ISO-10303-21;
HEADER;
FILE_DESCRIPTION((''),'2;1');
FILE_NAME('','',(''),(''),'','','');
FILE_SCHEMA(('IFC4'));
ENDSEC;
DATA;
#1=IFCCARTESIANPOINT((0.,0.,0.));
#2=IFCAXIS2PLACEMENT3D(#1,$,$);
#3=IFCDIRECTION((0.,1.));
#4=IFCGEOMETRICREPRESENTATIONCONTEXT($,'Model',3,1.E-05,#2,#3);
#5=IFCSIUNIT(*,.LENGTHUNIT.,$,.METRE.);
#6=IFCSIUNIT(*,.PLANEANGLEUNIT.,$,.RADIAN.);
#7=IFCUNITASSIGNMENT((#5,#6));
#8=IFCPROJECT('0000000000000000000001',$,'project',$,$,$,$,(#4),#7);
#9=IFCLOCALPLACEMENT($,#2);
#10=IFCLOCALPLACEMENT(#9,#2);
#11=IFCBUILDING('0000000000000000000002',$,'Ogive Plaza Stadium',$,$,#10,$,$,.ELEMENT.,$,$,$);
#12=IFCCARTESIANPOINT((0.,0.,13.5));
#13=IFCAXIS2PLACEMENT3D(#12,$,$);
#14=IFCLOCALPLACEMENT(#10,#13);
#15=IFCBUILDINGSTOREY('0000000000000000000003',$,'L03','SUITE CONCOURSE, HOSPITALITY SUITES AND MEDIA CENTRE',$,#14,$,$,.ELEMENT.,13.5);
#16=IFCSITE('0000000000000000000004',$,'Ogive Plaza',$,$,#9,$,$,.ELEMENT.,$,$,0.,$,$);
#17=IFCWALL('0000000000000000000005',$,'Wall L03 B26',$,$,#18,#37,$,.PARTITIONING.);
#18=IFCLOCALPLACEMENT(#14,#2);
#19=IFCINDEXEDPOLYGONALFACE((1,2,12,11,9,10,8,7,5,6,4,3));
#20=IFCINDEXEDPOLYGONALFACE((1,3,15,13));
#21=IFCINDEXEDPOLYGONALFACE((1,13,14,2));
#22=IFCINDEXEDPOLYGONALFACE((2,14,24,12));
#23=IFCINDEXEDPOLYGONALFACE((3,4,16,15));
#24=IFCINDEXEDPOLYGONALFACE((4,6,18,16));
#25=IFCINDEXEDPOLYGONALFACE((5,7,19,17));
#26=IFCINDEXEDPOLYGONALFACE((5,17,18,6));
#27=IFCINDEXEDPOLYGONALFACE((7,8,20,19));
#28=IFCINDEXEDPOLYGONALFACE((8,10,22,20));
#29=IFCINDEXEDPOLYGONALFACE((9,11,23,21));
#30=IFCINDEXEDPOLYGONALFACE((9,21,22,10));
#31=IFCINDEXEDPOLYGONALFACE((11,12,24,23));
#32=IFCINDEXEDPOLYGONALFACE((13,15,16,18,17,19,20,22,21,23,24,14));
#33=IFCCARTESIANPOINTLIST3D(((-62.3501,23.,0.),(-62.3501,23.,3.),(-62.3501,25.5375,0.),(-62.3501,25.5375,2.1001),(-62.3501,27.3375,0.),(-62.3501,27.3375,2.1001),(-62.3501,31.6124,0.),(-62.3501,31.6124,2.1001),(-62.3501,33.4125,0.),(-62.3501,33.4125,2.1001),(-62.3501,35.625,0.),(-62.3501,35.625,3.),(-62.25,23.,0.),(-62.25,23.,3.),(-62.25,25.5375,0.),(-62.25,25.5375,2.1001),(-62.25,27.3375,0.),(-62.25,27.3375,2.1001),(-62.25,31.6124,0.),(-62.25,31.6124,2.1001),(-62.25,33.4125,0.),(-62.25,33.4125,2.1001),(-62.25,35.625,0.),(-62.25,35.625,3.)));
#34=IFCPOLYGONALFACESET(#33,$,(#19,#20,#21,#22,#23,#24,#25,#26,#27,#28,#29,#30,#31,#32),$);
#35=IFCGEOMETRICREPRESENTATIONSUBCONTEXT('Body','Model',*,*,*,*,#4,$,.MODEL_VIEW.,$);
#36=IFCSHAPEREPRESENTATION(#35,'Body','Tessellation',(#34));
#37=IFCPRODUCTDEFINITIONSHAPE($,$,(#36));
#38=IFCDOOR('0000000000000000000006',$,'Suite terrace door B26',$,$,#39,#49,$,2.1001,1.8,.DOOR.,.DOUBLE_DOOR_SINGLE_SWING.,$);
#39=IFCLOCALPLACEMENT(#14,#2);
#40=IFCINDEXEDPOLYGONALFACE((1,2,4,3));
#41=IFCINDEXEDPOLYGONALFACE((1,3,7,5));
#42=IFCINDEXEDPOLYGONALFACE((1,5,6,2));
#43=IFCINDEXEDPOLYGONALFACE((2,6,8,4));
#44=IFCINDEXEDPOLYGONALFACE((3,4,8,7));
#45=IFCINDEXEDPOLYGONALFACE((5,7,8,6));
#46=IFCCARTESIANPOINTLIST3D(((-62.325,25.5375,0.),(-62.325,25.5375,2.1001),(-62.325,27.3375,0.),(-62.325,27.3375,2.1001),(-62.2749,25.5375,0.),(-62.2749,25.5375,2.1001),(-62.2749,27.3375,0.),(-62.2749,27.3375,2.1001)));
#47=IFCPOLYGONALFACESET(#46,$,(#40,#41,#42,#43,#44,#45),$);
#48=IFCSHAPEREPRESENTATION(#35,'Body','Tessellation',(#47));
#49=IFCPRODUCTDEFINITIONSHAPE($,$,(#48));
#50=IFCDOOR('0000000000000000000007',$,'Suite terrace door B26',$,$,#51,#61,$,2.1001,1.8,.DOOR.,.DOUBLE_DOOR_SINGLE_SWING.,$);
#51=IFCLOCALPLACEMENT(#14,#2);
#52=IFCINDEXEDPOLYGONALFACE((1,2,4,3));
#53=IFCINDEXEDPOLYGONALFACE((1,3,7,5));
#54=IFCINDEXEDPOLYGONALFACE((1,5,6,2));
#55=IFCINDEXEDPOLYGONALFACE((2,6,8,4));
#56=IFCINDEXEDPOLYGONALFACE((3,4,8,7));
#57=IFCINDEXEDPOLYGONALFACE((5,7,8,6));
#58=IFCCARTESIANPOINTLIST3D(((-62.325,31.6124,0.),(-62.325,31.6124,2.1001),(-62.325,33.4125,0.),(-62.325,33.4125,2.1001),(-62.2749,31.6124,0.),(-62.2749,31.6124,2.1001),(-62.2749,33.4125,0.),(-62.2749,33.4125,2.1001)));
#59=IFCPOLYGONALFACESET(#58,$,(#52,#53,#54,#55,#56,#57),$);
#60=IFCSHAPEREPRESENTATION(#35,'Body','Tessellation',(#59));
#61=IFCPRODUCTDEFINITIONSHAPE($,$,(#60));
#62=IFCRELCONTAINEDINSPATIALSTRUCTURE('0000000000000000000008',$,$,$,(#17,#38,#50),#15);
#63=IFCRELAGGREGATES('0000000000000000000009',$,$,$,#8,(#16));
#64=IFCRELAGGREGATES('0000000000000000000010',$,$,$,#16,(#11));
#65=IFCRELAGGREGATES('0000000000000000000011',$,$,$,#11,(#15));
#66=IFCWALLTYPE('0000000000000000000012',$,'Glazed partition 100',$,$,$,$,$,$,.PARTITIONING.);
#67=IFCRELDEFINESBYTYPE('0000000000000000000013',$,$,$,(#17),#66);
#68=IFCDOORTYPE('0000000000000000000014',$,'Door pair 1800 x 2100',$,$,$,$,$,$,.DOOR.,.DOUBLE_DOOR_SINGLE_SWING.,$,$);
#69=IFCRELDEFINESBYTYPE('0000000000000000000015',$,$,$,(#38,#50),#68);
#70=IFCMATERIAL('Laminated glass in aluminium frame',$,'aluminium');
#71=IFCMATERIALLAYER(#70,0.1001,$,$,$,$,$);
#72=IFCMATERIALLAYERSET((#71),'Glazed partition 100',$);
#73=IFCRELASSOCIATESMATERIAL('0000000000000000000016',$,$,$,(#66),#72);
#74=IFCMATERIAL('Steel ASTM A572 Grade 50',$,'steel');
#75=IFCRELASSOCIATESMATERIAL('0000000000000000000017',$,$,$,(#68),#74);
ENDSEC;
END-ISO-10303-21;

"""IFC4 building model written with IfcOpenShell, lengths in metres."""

from ifc_helpers import new_model, si_unit, direction, frame, frame_2d, origin, place, context, subcontext, project, spatial, rectangle, extrude, material, layer, layer_set, type_object, element, fill, save


model = new_model("IFC4")

# Units and contexts
model_context = context("Model", 3, precision=1e-05, world=origin(), true_north=direction((0.0, 1.0)))
body_context = subcontext(model_context, "Body", "Model", "MODEL_VIEW")
ifc_project = project(units=[si_unit("LENGTHUNIT", "METRE"), si_unit("PLANEANGLEUNIT", "RADIAN")], contexts=[model_context])

# Site, building, storey
site_placement = place(None, origin())
site = spatial("IfcSite", under=ifc_project, at=site_placement, Name="Ogive Plaza", CompositionType="ELEMENT", RefElevation=0.0)
building_placement = place(site_placement, origin())
building = spatial("IfcBuilding", under=site, at=building_placement, Name="Ogive Plaza Stadium", CompositionType="ELEMENT")
storey_placement = place(building_placement, frame((0.0, 0.0, 13.5)))
storey = spatial("IfcBuildingStorey", under=building, at=storey_placement, Name="L03", Description="SUITE CONCOURSE, HOSPITALITY SUITES AND MEDIA CENTRE", CompositionType="ELEMENT", Elevation=13.5)

# Wall, openings, doors
ifc_material_1 = material(Name="Laminated glass in aluminium frame", Category="aluminium")
ifc_layer_1 = layer(ifc_material_1, 0.1001)
ifc_layer_set_1 = layer_set([ifc_layer_1], Name="Glazed partition 100")
wall_type = type_object("IfcWallType", Name="Glazed partition 100", PredefinedType="PARTITIONING", material=ifc_layer_set_1)
wall_placement = place(storey_placement, frame((-62.3, 23.0, 0.0), z_axis=(0.0, 0.0, 1.0), x_axis=(0.0, 1.0, 0.0)))
wall = element("IfcWall", 1, at=wall_placement, inside=storey, type_object=wall_type, Name="Wall L03 B26", PredefinedType="PARTITIONING", context=body_context, shape_type="SweptSolid", body=[
    extrude(rectangle(XDim=12.625, YDim=0.1001, at=frame_2d((6.3125, 0.0))), origin(), (0.0, 0.0, 1.0), 3.0),
])
opening_1_placement = place(wall_placement, frame((2.5376, 0.0, 0.0)))
opening_1 = element("IfcOpeningElement", 2, at=opening_1_placement, cuts=wall, PredefinedType="OPENING", context=body_context, shape_type="SweptSolid", body=[
    extrude(rectangle(XDim=1.8, YDim=2.1001, at=frame_2d((0.8999, 1.05))), frame((0.0, 0.05, 0.0), z_axis=(0.0, -1.0, 0.0), x_axis=(1.0, 0.0, 0.0)), (0.0, 0.0, 1.0), 0.1001),
])
opening_2_placement = place(wall_placement, frame((8.6125, 0.0, 0.0)))
opening_2 = element("IfcOpeningElement", 3, at=opening_2_placement, cuts=wall, PredefinedType="OPENING", context=body_context, shape_type="SweptSolid", body=[
    extrude(rectangle(XDim=1.8, YDim=2.1001, at=frame_2d((0.8999, 1.05))), frame((0.0, 0.05, 0.0), z_axis=(0.0, -1.0, 0.0), x_axis=(1.0, 0.0, 0.0)), (0.0, 0.0, 1.0), 0.1001),
])
ifc_material_2 = material(Name="Steel ASTM A572 Grade 50", Category="steel")
door_type = type_object("IfcDoorType", Name="Door pair 1800 x 2100", OperationType="DOUBLE_DOOR_SINGLE_SWING", PredefinedType="DOOR", material=ifc_material_2)
door_1_placement = place(opening_1_placement, origin())
door_1 = element("IfcDoor", 4, at=door_1_placement, inside=storey, type_object=door_type, Name="Suite terrace door B26", OperationType="DOUBLE_DOOR_SINGLE_SWING", OverallHeight=2.1001, OverallWidth=1.8, PredefinedType="DOOR", context=body_context, shape_type="SweptSolid", body=[
    extrude(rectangle(XDim=1.8, YDim=2.1001, at=frame_2d((0.8999, 1.05))), frame((0.0, 0.0249, 0.0), z_axis=(0.0, -1.0, 0.0), x_axis=(1.0, 0.0, 0.0)), (0.0, 0.0, 1.0), 0.05),
])
fill(opening_1, door_1)
door_2_placement = place(opening_2_placement, origin())
door_2 = element("IfcDoor", 5, at=door_2_placement, inside=storey, type_object=door_type, Name="Suite terrace door B26", OperationType="DOUBLE_DOOR_SINGLE_SWING", OverallHeight=2.1001, OverallWidth=1.8, PredefinedType="DOOR", context=body_context, shape_type="SweptSolid", body=[
    extrude(rectangle(XDim=1.8, YDim=2.1001, at=frame_2d((0.8999, 1.05))), frame((0.0, 0.0249, 0.0), z_axis=(0.0, -1.0, 0.0), x_axis=(1.0, 0.0, 0.0)), (0.0, 0.0, 1.0), 0.05),
])
fill(opening_2, door_2)

save(model, "model.ifc")
